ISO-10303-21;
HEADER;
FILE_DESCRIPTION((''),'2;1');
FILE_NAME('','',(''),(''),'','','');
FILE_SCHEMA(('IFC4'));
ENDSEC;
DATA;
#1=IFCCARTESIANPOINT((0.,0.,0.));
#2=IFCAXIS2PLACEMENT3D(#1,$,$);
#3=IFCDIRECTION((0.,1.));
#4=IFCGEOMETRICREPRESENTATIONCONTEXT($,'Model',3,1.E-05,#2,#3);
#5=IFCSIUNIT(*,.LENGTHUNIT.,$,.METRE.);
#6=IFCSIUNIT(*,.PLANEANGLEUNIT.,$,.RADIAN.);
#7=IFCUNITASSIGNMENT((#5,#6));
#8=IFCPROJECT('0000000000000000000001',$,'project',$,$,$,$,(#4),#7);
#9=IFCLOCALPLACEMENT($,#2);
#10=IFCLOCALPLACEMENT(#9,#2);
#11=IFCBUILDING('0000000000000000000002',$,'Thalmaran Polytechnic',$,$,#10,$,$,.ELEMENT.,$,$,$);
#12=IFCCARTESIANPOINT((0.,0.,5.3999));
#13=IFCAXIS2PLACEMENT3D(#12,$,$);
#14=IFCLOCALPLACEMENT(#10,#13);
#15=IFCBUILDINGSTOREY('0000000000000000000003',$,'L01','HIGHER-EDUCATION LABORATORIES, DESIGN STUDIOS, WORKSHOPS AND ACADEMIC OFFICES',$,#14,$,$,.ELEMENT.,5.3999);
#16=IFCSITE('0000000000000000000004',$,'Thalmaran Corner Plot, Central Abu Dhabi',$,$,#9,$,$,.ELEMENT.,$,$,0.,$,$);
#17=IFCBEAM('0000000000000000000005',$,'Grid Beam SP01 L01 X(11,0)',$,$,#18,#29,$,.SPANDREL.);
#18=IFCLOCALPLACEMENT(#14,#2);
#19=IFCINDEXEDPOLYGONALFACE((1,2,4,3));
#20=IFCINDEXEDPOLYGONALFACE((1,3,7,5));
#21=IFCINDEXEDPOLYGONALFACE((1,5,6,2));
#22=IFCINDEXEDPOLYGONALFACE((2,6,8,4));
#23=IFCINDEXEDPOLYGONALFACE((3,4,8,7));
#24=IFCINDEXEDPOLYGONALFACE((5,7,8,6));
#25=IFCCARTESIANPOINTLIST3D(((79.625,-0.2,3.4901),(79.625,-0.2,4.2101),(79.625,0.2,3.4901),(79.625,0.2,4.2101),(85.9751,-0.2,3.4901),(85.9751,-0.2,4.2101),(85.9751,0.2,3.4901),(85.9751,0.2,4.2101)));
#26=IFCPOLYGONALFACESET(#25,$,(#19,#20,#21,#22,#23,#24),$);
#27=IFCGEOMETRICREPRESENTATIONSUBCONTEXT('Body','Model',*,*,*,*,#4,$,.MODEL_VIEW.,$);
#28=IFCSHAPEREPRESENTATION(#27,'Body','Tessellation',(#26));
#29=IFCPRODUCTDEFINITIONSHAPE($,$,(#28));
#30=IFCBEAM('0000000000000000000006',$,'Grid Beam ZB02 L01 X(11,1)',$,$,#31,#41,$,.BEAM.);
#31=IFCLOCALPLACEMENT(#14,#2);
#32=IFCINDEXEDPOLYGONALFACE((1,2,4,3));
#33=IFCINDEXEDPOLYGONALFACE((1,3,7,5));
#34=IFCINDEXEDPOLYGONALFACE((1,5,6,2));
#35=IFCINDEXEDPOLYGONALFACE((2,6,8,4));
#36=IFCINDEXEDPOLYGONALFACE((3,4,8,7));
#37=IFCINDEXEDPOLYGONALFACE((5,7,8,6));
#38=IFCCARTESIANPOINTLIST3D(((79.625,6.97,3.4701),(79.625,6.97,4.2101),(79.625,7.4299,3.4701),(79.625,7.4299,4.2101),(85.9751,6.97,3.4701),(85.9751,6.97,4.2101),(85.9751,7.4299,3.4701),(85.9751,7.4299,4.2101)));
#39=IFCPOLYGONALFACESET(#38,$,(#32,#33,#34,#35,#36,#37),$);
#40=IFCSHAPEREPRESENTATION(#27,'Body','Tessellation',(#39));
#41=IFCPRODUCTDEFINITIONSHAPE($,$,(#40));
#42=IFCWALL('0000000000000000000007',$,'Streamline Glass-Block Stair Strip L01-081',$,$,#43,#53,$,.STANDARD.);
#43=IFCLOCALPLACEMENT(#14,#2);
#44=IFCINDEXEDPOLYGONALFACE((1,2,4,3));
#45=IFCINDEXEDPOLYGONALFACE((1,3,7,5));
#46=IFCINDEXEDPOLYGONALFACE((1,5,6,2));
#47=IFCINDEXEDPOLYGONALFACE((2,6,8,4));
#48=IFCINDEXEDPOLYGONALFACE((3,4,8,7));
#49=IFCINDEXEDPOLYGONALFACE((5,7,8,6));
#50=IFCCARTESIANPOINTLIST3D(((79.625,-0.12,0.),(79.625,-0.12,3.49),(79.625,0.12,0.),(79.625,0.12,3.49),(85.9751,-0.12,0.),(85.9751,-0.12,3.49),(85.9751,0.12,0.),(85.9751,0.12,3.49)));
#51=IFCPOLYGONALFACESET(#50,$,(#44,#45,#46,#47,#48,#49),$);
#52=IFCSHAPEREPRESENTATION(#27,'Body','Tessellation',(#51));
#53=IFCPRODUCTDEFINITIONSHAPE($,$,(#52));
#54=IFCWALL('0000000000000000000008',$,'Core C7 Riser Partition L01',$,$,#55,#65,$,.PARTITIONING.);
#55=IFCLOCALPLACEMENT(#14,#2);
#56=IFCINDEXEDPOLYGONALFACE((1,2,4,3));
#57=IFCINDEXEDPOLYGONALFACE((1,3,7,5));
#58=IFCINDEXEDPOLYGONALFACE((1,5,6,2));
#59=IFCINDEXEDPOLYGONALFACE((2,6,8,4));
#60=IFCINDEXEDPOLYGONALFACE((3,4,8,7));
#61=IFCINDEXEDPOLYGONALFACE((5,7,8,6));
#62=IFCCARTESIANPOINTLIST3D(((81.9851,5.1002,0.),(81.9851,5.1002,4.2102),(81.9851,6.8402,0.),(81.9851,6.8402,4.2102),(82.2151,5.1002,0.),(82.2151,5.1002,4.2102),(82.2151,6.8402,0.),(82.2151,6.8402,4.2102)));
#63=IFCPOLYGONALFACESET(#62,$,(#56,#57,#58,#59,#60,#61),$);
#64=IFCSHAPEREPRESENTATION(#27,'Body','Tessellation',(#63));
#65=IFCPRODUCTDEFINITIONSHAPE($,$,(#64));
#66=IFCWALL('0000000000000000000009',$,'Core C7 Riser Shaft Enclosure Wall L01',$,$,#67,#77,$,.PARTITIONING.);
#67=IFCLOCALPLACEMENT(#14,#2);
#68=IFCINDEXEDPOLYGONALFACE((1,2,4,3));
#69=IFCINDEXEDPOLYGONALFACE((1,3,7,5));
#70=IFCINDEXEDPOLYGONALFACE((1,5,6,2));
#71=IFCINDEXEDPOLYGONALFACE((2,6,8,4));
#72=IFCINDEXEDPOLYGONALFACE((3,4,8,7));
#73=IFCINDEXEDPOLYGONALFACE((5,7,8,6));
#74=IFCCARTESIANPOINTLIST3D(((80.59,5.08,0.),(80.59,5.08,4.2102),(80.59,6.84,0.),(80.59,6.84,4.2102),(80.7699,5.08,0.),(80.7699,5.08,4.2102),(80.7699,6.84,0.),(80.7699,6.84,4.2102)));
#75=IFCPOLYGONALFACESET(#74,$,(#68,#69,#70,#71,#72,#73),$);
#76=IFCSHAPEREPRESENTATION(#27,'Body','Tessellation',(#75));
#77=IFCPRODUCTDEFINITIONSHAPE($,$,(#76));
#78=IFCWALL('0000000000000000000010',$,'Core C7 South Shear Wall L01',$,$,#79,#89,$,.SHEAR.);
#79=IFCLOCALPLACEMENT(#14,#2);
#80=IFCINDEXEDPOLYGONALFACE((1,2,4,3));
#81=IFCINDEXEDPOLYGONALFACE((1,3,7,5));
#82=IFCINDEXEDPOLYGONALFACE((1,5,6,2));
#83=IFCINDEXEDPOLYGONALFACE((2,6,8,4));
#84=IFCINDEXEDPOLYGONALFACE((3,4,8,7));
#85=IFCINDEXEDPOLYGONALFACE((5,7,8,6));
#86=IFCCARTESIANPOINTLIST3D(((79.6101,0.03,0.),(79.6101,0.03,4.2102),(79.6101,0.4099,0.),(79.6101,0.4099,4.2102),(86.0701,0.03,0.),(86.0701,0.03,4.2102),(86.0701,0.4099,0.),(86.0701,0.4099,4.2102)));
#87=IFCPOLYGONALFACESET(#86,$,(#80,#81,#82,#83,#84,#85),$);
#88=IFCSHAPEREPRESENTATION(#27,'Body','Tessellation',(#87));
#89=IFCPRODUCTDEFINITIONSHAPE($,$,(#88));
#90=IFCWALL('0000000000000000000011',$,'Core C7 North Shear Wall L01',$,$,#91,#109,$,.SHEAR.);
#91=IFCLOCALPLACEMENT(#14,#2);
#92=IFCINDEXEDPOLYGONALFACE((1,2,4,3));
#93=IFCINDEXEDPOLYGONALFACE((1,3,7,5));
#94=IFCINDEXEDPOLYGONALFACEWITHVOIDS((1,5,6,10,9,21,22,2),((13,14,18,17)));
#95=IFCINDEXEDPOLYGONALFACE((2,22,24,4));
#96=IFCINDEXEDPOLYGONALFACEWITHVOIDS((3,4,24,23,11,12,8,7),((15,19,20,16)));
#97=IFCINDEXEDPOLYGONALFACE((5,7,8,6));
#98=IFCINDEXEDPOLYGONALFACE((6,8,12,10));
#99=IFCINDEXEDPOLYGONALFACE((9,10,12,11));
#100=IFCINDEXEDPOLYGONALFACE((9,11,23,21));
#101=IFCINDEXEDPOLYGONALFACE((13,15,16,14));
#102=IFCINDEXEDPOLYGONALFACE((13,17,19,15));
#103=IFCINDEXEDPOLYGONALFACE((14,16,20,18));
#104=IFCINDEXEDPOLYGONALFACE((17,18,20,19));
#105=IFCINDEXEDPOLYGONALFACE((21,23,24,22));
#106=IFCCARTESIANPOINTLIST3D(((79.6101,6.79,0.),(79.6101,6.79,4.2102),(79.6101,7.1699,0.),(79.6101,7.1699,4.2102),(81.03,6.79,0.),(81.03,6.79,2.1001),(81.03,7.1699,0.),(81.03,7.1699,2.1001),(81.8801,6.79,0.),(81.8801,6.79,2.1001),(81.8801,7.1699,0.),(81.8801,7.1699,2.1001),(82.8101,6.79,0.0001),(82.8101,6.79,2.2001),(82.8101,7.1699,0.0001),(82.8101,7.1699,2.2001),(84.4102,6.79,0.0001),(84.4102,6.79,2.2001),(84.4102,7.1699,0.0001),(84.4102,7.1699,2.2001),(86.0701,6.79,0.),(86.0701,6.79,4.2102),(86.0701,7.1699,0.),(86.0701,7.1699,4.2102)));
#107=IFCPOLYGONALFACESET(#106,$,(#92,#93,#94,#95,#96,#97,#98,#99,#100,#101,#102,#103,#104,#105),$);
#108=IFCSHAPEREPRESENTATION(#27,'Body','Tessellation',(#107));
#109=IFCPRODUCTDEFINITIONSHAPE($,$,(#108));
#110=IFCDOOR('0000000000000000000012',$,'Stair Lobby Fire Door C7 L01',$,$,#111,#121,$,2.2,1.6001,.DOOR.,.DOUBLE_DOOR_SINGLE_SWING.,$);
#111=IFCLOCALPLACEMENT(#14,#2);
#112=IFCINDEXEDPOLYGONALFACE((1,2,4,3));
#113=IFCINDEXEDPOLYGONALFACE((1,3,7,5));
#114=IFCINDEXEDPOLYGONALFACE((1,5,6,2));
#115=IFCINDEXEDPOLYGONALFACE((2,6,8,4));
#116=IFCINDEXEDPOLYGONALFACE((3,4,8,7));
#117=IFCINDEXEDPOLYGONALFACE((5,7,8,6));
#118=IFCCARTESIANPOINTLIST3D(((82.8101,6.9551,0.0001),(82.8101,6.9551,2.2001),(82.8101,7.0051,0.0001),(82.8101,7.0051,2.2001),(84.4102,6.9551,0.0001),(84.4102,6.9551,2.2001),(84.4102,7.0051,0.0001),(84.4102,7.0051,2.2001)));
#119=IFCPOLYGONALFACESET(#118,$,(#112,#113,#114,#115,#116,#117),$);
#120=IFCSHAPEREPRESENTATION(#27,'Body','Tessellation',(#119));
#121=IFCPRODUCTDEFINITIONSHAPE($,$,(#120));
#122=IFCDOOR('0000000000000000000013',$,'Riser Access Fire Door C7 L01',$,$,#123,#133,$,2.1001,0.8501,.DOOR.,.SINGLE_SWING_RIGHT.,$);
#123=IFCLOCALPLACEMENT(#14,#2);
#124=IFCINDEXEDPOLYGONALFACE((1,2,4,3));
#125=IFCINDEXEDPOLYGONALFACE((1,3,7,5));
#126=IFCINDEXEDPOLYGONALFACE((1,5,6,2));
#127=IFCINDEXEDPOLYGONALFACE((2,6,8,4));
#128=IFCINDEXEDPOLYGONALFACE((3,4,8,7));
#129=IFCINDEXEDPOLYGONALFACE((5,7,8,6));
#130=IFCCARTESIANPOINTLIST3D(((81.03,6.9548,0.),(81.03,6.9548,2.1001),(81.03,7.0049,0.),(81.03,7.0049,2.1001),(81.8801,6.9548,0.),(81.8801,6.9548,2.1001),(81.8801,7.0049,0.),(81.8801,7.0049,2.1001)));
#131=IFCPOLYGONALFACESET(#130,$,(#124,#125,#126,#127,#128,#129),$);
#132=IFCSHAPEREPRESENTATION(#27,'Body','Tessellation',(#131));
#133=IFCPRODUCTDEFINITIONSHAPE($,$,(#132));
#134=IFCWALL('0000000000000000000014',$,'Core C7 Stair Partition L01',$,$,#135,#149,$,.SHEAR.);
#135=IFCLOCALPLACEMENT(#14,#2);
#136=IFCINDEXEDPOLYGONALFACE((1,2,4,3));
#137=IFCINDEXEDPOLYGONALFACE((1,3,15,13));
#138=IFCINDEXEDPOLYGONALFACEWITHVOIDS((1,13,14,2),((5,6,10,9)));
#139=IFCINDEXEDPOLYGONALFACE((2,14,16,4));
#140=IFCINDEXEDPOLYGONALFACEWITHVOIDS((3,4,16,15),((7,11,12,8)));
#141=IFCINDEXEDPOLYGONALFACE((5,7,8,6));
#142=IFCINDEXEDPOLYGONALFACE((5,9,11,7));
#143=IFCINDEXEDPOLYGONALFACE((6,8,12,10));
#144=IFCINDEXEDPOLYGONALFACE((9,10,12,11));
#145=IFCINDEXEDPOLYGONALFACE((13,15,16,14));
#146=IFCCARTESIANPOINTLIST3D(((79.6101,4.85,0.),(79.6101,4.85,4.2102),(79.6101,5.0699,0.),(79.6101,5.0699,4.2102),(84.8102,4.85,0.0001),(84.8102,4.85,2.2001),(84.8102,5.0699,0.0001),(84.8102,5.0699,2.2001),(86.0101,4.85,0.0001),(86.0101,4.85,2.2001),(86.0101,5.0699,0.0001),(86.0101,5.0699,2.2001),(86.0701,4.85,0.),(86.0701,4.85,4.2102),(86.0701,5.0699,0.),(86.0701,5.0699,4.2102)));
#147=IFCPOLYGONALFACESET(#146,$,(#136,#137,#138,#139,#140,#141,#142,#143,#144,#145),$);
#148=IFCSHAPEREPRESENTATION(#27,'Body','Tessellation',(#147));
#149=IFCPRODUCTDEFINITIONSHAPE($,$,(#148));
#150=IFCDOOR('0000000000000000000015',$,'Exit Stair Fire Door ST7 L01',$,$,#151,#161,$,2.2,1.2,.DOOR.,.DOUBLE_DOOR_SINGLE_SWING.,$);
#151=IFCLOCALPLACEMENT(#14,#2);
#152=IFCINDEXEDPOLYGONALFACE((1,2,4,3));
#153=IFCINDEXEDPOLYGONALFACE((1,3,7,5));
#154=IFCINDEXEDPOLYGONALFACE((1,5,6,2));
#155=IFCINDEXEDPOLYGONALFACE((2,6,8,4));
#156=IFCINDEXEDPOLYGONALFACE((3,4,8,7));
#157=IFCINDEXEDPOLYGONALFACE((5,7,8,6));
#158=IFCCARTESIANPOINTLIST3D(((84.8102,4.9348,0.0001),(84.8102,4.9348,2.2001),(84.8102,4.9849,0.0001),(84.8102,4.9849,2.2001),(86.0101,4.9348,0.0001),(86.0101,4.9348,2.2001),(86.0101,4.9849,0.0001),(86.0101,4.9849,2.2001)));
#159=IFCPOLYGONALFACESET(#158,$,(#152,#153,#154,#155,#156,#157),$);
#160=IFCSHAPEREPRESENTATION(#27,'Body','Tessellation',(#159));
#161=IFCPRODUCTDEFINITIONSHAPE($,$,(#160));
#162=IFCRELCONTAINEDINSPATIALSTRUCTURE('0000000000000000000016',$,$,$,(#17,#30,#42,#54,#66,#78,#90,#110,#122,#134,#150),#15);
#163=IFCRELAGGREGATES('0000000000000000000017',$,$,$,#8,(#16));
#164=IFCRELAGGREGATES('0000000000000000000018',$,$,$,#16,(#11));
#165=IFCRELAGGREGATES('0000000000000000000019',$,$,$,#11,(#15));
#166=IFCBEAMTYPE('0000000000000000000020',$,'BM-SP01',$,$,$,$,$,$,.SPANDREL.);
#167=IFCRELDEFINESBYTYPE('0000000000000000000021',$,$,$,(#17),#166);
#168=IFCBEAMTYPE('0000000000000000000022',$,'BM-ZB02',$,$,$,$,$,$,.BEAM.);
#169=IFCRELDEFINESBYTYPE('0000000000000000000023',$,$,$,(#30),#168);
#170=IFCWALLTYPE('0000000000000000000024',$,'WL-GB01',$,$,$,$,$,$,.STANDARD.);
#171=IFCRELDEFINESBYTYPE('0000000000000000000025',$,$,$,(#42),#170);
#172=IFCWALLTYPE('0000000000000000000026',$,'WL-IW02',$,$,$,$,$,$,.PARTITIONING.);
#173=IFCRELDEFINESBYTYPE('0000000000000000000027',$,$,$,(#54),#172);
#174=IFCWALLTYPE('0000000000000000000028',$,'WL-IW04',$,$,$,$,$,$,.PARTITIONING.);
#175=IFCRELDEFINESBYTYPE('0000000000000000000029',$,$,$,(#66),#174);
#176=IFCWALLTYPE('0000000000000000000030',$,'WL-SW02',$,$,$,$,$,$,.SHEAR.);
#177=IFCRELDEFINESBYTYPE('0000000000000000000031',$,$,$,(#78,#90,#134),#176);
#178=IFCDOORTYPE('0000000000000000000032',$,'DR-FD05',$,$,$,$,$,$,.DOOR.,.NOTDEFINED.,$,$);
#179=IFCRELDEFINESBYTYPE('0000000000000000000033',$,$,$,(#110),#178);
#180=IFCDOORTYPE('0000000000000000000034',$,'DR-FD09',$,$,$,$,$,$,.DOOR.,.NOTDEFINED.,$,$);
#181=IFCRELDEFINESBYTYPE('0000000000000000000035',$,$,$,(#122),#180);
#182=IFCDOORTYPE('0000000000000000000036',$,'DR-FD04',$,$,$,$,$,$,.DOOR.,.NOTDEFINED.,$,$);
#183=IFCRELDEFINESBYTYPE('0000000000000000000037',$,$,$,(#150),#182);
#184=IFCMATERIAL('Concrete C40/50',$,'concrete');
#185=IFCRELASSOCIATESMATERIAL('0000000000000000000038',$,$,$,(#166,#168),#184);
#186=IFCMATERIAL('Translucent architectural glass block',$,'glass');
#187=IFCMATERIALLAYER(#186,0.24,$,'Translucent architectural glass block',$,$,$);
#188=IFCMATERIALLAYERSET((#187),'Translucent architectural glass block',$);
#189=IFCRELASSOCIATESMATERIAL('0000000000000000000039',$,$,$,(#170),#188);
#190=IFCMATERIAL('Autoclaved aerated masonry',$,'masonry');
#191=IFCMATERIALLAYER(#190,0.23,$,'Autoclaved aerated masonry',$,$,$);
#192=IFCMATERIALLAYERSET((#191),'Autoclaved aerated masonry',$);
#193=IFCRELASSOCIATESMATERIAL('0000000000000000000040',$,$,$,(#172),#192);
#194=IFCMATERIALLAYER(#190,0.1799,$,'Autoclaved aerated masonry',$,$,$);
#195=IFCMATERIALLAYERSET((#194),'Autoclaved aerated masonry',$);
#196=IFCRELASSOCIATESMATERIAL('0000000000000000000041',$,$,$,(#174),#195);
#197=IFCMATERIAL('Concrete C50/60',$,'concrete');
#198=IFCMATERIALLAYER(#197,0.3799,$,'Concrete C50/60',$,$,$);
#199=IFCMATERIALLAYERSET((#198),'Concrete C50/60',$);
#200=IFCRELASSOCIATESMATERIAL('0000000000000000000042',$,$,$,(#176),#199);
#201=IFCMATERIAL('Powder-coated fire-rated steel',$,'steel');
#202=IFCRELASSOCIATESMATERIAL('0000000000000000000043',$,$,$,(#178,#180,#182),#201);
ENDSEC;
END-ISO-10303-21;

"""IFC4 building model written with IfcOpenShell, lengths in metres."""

from ifc_helpers import new_model, si_unit, direction, frame, frame_2d, origin, origin_2d, place, context, subcontext, project, spatial, rectangle, extrude, material, layer, layer_set, material_profile, profile_set, type_object, element, fill, save


model = new_model("IFC4")

# Units and contexts
model_context = context("Model", 3, precision=1e-05, world=origin(), true_north=direction((0.0, 1.0)))
body_context = subcontext(model_context, "Body", "Model", "MODEL_VIEW")
ifc_project = project(units=[si_unit("LENGTHUNIT", "METRE"), si_unit("PLANEANGLEUNIT", "RADIAN")], contexts=[model_context])

# Site, building, storey
site_placement = place(None, origin())
site = spatial("IfcSite", under=ifc_project, at=site_placement, Name="Thalmaran Corner Plot, Central Abu Dhabi", CompositionType="ELEMENT", RefElevation=0.0)
building_placement = place(site_placement, origin())
building = spatial("IfcBuilding", under=site, at=building_placement, Name="Thalmaran Polytechnic", CompositionType="ELEMENT")
storey_placement = place(building_placement, frame((0.0, 0.0, 5.3999)))
storey = spatial("IfcBuildingStorey", under=building, at=storey_placement, Name="L01", Description="HIGHER-EDUCATION LABORATORIES, DESIGN STUDIOS, WORKSHOPS AND ACADEMIC OFFICES", CompositionType="ELEMENT", Elevation=5.3999)

# Beams
ifc_material_1 = material(Name="Concrete C40/50", Category="concrete")
ifc_material_profile_1 = material_profile(ifc_material_1, rectangle(XDim=0.3999, YDim=0.72, at=origin_2d()), Name="RC 400x720")
ifc_profile_set_1 = profile_set([ifc_material_profile_1], Name="Concrete C40/50")
beam_type_1 = type_object("IfcBeamType", Name="BM-SP01", PredefinedType="SPANDREL", material=ifc_profile_set_1)
beam_1_placement = place(storey_placement, frame((79.625, 0.0, 3.8501), z_axis=(1.0, 0.0, 0.0), x_axis=(0.0, 1.0, 0.0)))
element("IfcBeam", 1, at=beam_1_placement, inside=storey, type_object=beam_type_1, Name="Grid Beam SP01 L01 X(11,0)", PredefinedType="SPANDREL", context=body_context, shape_type="SweptSolid", body=[
    extrude(rectangle(XDim=0.3999, YDim=0.72, at=origin_2d()), origin(), (0.0, 0.0, 1.0), 6.3501),
])
ifc_material_profile_2 = material_profile(ifc_material_1, rectangle(XDim=0.46, YDim=0.74, at=origin_2d()), Name="RC 460x740")
ifc_profile_set_2 = profile_set([ifc_material_profile_2], Name="Concrete C40/50")
beam_type_2 = type_object("IfcBeamType", Name="BM-ZB02", PredefinedType="BEAM", material=ifc_profile_set_2)
beam_2_placement = place(storey_placement, frame((79.625, 7.2, 3.8401), z_axis=(1.0, 0.0, 0.0), x_axis=(0.0, 1.0, 0.0)))
element("IfcBeam", 2, at=beam_2_placement, inside=storey, type_object=beam_type_2, Name="Grid Beam ZB02 L01 X(11,1)", PredefinedType="BEAM", context=body_context, shape_type="SweptSolid", body=[
    extrude(rectangle(XDim=0.46, YDim=0.74, at=origin_2d()), origin(), (0.0, 0.0, 1.0), 6.3501),
])

# Walls
ifc_material_2 = material(Name="Translucent architectural glass block", Category="glass")
ifc_layer_1 = layer(ifc_material_2, 0.24, Name="Translucent architectural glass block")
ifc_layer_set_1 = layer_set([ifc_layer_1], Name="Translucent architectural glass block")
wall_type_1 = type_object("IfcWallType", Name="WL-GB01", PredefinedType="STANDARD", material=ifc_layer_set_1)
wall_1_placement = place(storey_placement, frame((85.9751, 0.0, 0.0), z_axis=(0.0, 0.0, 1.0), x_axis=(-1.0, 0.0, 0.0)))
element("IfcWall", 3, at=wall_1_placement, inside=storey, type_object=wall_type_1, Name="Streamline Glass-Block Stair Strip L01-081", PredefinedType="STANDARD", context=body_context, shape_type="SweptSolid", body=[
    extrude(rectangle(XDim=6.3501, YDim=0.24, at=frame_2d((3.175, 0.0))), origin(), (0.0, 0.0, 1.0), 3.49),
])
ifc_material_3 = material(Name="Autoclaved aerated masonry", Category="masonry")
ifc_layer_2 = layer(ifc_material_3, 0.23, Name="Autoclaved aerated masonry")
ifc_layer_set_2 = layer_set([ifc_layer_2], Name="Autoclaved aerated masonry")
wall_type_2 = type_object("IfcWallType", Name="WL-IW02", PredefinedType="PARTITIONING", material=ifc_layer_set_2)
wall_2_placement = place(storey_placement, frame((82.1001, 5.1001, 0.0), z_axis=(0.0, 0.0, 1.0), x_axis=(0.0, 1.0, 0.0)))
element("IfcWall", 4, at=wall_2_placement, inside=storey, type_object=wall_type_2, Name="Core C7 Riser Partition L01", PredefinedType="PARTITIONING", context=body_context, shape_type="SweptSolid", body=[
    extrude(rectangle(XDim=1.74, YDim=0.23, at=frame_2d((0.8701, 0.0))), origin(), (0.0, 0.0, 1.0), 4.2102),
])
ifc_layer_3 = layer(ifc_material_3, 0.1799, Name="Autoclaved aerated masonry")
ifc_layer_set_3 = layer_set([ifc_layer_3], Name="Autoclaved aerated masonry")
wall_type_3 = type_object("IfcWallType", Name="WL-IW04", PredefinedType="PARTITIONING", material=ifc_layer_set_3)
wall_3_placement = place(storey_placement, frame((80.6799, 5.0801, 0.0), z_axis=(0.0, 0.0, 1.0), x_axis=(0.0, 1.0, 0.0)))
element("IfcWall", 5, at=wall_3_placement, inside=storey, type_object=wall_type_3, Name="Core C7 Riser Shaft Enclosure Wall L01", PredefinedType="PARTITIONING", context=body_context, shape_type="SweptSolid", body=[
    extrude(rectangle(XDim=1.76, YDim=0.1799, at=frame_2d((0.8799, 0.0))), origin(), (0.0, 0.0, 1.0), 4.2102),
])
ifc_material_4 = material(Name="Concrete C50/60", Category="concrete")
ifc_layer_4 = layer(ifc_material_4, 0.3799, Name="Concrete C50/60")
ifc_layer_set_4 = layer_set([ifc_layer_4], Name="Concrete C50/60")
wall_type_4 = type_object("IfcWallType", Name="WL-SW02", PredefinedType="SHEAR", material=ifc_layer_set_4)
wall_4_placement = place(storey_placement, frame((79.6101, 0.22, 0.0), z_axis=(0.0, 0.0, 1.0), x_axis=(1.0, 0.0, 0.0)))
element("IfcWall", 6, at=wall_4_placement, inside=storey, type_object=wall_type_4, Name="Core C7 South Shear Wall L01", PredefinedType="SHEAR", context=body_context, shape_type="SweptSolid", body=[
    extrude(rectangle(XDim=6.46, YDim=0.3799, at=frame_2d((3.23, 0.0))), origin(), (0.0, 0.0, 1.0), 4.2102),
])

# Wall, openings, doors
wall_5_placement = place(storey_placement, frame((79.6101, 6.98, 0.0), z_axis=(0.0, 0.0, 1.0), x_axis=(1.0, 0.0, 0.0)))
wall_5 = element("IfcWall", 7, at=wall_5_placement, inside=storey, type_object=wall_type_4, Name="Core C7 North Shear Wall L01", PredefinedType="SHEAR", context=body_context, shape_type="SweptSolid", body=[
    extrude(rectangle(XDim=6.46, YDim=0.3799, at=frame_2d((3.23, 0.0))), origin(), (0.0, 0.0, 1.0), 4.2102),
])
opening_1_placement = place(wall_5_placement, frame((1.4199, 0.0, 0.0)))
opening_1 = element("IfcOpeningElement", 8, at=opening_1_placement, cuts=wall_5, PredefinedType="OPENING", context=body_context, shape_type="SweptSolid", body=[
    extrude(rectangle(XDim=0.8501, YDim=2.1001, at=frame_2d((0.425, 1.05))), frame((0.0, 0.2, 0.0), z_axis=(0.0, -1.0, 0.0), x_axis=(1.0, 0.0, 0.0)), (0.0, 0.0, 1.0), 0.3999),
])
opening_2_placement = place(wall_5_placement, frame((3.2, 0.0, 0.0)))
opening_2 = element("IfcOpeningElement", 9, at=opening_2_placement, cuts=wall_5, PredefinedType="OPENING", context=body_context, shape_type="SweptSolid", body=[
    extrude(rectangle(XDim=1.6001, YDim=2.2, at=frame_2d((0.8, 1.1001))), frame((0.0, 0.2, 0.0), z_axis=(0.0, -1.0, 0.0), x_axis=(1.0, 0.0, 0.0)), (0.0, 0.0, 1.0), 0.3999),
])
ifc_material_5 = material(Name="Powder-coated fire-rated steel", Category="steel")
door_type_1 = type_object("IfcDoorType", Name="DR-FD05", OperationType="NOTDEFINED", PredefinedType="DOOR", material=ifc_material_5)
door_1_placement = place(opening_2_placement, frame((1.6001, 0.0, 0.0), z_axis=(0.0, 0.0, 1.0), x_axis=(-1.0, 0.0, 0.0)))
door_1 = element("IfcDoor", 10, at=door_1_placement, inside=storey, type_object=door_type_1, Name="Stair Lobby Fire Door C7 L01", OperationType="DOUBLE_DOOR_SINGLE_SWING", OverallHeight=2.2, OverallWidth=1.6001, PredefinedType="DOOR", context=body_context, shape_type="SweptSolid", body=[
    extrude(rectangle(XDim=1.6001, YDim=2.2, at=frame_2d((0.8, 1.1001))), frame((0.0, 0.0249, 0.0), z_axis=(0.0, -1.0, 0.0), x_axis=(1.0, 0.0, 0.0)), (0.0, 0.0, 1.0), 0.05),
])
fill(opening_2, door_1)
door_type_2 = type_object("IfcDoorType", Name="DR-FD09", OperationType="NOTDEFINED", PredefinedType="DOOR", material=ifc_material_5)
door_2_placement = place(opening_1_placement, origin())
door_2 = element("IfcDoor", 11, at=door_2_placement, inside=storey, type_object=door_type_2, Name="Riser Access Fire Door C7 L01", OperationType="SINGLE_SWING_RIGHT", OverallHeight=2.1001, OverallWidth=0.8501, PredefinedType="DOOR", context=body_context, shape_type="SweptSolid", body=[
    extrude(rectangle(XDim=0.8501, YDim=2.1001, at=frame_2d((0.425, 1.05))), frame((0.0, 0.0249, 0.0), z_axis=(0.0, -1.0, 0.0), x_axis=(1.0, 0.0, 0.0)), (0.0, 0.0, 1.0), 0.05),
])
fill(opening_1, door_2)

# Wall, opening, door
wall_6_placement = place(storey_placement, frame((79.6101, 4.96, 0.0), z_axis=(0.0, 0.0, 1.0), x_axis=(1.0, 0.0, 0.0)))
wall_6 = element("IfcWall", 12, at=wall_6_placement, inside=storey, type_object=wall_type_4, Name="Core C7 Stair Partition L01", PredefinedType="SHEAR", context=body_context, shape_type="SweptSolid", body=[
    extrude(rectangle(XDim=6.46, YDim=0.22, at=frame_2d((3.23, 0.0))), origin(), (0.0, 0.0, 1.0), 4.2102),
])
opening_3_placement = place(wall_6_placement, frame((5.2, 0.0, 0.0)))
opening_3 = element("IfcOpeningElement", 13, at=opening_3_placement, cuts=wall_6, PredefinedType="OPENING", context=body_context, shape_type="SweptSolid", body=[
    extrude(rectangle(XDim=1.2, YDim=2.2, at=frame_2d((0.6001, 1.1001))), frame((0.0, 0.1199, 0.0), z_axis=(0.0, -1.0, 0.0), x_axis=(1.0, 0.0, 0.0)), (0.0, 0.0, 1.0), 0.24),
])
door_type_3 = type_object("IfcDoorType", Name="DR-FD04", OperationType="NOTDEFINED", PredefinedType="DOOR", material=ifc_material_5)
door_3_placement = place(opening_3_placement, origin())
door_3 = element("IfcDoor", 14, at=door_3_placement, inside=storey, type_object=door_type_3, Name="Exit Stair Fire Door ST7 L01", OperationType="DOUBLE_DOOR_SINGLE_SWING", OverallHeight=2.2, OverallWidth=1.2, PredefinedType="DOOR", context=body_context, shape_type="SweptSolid", body=[
    extrude(rectangle(XDim=1.2, YDim=2.2, at=frame_2d((0.6001, 1.1001))), frame((0.0, 0.0249, 0.0), z_axis=(0.0, -1.0, 0.0), x_axis=(1.0, 0.0, 0.0)), (0.0, 0.0, 1.0), 0.05),
])
fill(opening_3, door_3)

save(model, "model.ifc")
